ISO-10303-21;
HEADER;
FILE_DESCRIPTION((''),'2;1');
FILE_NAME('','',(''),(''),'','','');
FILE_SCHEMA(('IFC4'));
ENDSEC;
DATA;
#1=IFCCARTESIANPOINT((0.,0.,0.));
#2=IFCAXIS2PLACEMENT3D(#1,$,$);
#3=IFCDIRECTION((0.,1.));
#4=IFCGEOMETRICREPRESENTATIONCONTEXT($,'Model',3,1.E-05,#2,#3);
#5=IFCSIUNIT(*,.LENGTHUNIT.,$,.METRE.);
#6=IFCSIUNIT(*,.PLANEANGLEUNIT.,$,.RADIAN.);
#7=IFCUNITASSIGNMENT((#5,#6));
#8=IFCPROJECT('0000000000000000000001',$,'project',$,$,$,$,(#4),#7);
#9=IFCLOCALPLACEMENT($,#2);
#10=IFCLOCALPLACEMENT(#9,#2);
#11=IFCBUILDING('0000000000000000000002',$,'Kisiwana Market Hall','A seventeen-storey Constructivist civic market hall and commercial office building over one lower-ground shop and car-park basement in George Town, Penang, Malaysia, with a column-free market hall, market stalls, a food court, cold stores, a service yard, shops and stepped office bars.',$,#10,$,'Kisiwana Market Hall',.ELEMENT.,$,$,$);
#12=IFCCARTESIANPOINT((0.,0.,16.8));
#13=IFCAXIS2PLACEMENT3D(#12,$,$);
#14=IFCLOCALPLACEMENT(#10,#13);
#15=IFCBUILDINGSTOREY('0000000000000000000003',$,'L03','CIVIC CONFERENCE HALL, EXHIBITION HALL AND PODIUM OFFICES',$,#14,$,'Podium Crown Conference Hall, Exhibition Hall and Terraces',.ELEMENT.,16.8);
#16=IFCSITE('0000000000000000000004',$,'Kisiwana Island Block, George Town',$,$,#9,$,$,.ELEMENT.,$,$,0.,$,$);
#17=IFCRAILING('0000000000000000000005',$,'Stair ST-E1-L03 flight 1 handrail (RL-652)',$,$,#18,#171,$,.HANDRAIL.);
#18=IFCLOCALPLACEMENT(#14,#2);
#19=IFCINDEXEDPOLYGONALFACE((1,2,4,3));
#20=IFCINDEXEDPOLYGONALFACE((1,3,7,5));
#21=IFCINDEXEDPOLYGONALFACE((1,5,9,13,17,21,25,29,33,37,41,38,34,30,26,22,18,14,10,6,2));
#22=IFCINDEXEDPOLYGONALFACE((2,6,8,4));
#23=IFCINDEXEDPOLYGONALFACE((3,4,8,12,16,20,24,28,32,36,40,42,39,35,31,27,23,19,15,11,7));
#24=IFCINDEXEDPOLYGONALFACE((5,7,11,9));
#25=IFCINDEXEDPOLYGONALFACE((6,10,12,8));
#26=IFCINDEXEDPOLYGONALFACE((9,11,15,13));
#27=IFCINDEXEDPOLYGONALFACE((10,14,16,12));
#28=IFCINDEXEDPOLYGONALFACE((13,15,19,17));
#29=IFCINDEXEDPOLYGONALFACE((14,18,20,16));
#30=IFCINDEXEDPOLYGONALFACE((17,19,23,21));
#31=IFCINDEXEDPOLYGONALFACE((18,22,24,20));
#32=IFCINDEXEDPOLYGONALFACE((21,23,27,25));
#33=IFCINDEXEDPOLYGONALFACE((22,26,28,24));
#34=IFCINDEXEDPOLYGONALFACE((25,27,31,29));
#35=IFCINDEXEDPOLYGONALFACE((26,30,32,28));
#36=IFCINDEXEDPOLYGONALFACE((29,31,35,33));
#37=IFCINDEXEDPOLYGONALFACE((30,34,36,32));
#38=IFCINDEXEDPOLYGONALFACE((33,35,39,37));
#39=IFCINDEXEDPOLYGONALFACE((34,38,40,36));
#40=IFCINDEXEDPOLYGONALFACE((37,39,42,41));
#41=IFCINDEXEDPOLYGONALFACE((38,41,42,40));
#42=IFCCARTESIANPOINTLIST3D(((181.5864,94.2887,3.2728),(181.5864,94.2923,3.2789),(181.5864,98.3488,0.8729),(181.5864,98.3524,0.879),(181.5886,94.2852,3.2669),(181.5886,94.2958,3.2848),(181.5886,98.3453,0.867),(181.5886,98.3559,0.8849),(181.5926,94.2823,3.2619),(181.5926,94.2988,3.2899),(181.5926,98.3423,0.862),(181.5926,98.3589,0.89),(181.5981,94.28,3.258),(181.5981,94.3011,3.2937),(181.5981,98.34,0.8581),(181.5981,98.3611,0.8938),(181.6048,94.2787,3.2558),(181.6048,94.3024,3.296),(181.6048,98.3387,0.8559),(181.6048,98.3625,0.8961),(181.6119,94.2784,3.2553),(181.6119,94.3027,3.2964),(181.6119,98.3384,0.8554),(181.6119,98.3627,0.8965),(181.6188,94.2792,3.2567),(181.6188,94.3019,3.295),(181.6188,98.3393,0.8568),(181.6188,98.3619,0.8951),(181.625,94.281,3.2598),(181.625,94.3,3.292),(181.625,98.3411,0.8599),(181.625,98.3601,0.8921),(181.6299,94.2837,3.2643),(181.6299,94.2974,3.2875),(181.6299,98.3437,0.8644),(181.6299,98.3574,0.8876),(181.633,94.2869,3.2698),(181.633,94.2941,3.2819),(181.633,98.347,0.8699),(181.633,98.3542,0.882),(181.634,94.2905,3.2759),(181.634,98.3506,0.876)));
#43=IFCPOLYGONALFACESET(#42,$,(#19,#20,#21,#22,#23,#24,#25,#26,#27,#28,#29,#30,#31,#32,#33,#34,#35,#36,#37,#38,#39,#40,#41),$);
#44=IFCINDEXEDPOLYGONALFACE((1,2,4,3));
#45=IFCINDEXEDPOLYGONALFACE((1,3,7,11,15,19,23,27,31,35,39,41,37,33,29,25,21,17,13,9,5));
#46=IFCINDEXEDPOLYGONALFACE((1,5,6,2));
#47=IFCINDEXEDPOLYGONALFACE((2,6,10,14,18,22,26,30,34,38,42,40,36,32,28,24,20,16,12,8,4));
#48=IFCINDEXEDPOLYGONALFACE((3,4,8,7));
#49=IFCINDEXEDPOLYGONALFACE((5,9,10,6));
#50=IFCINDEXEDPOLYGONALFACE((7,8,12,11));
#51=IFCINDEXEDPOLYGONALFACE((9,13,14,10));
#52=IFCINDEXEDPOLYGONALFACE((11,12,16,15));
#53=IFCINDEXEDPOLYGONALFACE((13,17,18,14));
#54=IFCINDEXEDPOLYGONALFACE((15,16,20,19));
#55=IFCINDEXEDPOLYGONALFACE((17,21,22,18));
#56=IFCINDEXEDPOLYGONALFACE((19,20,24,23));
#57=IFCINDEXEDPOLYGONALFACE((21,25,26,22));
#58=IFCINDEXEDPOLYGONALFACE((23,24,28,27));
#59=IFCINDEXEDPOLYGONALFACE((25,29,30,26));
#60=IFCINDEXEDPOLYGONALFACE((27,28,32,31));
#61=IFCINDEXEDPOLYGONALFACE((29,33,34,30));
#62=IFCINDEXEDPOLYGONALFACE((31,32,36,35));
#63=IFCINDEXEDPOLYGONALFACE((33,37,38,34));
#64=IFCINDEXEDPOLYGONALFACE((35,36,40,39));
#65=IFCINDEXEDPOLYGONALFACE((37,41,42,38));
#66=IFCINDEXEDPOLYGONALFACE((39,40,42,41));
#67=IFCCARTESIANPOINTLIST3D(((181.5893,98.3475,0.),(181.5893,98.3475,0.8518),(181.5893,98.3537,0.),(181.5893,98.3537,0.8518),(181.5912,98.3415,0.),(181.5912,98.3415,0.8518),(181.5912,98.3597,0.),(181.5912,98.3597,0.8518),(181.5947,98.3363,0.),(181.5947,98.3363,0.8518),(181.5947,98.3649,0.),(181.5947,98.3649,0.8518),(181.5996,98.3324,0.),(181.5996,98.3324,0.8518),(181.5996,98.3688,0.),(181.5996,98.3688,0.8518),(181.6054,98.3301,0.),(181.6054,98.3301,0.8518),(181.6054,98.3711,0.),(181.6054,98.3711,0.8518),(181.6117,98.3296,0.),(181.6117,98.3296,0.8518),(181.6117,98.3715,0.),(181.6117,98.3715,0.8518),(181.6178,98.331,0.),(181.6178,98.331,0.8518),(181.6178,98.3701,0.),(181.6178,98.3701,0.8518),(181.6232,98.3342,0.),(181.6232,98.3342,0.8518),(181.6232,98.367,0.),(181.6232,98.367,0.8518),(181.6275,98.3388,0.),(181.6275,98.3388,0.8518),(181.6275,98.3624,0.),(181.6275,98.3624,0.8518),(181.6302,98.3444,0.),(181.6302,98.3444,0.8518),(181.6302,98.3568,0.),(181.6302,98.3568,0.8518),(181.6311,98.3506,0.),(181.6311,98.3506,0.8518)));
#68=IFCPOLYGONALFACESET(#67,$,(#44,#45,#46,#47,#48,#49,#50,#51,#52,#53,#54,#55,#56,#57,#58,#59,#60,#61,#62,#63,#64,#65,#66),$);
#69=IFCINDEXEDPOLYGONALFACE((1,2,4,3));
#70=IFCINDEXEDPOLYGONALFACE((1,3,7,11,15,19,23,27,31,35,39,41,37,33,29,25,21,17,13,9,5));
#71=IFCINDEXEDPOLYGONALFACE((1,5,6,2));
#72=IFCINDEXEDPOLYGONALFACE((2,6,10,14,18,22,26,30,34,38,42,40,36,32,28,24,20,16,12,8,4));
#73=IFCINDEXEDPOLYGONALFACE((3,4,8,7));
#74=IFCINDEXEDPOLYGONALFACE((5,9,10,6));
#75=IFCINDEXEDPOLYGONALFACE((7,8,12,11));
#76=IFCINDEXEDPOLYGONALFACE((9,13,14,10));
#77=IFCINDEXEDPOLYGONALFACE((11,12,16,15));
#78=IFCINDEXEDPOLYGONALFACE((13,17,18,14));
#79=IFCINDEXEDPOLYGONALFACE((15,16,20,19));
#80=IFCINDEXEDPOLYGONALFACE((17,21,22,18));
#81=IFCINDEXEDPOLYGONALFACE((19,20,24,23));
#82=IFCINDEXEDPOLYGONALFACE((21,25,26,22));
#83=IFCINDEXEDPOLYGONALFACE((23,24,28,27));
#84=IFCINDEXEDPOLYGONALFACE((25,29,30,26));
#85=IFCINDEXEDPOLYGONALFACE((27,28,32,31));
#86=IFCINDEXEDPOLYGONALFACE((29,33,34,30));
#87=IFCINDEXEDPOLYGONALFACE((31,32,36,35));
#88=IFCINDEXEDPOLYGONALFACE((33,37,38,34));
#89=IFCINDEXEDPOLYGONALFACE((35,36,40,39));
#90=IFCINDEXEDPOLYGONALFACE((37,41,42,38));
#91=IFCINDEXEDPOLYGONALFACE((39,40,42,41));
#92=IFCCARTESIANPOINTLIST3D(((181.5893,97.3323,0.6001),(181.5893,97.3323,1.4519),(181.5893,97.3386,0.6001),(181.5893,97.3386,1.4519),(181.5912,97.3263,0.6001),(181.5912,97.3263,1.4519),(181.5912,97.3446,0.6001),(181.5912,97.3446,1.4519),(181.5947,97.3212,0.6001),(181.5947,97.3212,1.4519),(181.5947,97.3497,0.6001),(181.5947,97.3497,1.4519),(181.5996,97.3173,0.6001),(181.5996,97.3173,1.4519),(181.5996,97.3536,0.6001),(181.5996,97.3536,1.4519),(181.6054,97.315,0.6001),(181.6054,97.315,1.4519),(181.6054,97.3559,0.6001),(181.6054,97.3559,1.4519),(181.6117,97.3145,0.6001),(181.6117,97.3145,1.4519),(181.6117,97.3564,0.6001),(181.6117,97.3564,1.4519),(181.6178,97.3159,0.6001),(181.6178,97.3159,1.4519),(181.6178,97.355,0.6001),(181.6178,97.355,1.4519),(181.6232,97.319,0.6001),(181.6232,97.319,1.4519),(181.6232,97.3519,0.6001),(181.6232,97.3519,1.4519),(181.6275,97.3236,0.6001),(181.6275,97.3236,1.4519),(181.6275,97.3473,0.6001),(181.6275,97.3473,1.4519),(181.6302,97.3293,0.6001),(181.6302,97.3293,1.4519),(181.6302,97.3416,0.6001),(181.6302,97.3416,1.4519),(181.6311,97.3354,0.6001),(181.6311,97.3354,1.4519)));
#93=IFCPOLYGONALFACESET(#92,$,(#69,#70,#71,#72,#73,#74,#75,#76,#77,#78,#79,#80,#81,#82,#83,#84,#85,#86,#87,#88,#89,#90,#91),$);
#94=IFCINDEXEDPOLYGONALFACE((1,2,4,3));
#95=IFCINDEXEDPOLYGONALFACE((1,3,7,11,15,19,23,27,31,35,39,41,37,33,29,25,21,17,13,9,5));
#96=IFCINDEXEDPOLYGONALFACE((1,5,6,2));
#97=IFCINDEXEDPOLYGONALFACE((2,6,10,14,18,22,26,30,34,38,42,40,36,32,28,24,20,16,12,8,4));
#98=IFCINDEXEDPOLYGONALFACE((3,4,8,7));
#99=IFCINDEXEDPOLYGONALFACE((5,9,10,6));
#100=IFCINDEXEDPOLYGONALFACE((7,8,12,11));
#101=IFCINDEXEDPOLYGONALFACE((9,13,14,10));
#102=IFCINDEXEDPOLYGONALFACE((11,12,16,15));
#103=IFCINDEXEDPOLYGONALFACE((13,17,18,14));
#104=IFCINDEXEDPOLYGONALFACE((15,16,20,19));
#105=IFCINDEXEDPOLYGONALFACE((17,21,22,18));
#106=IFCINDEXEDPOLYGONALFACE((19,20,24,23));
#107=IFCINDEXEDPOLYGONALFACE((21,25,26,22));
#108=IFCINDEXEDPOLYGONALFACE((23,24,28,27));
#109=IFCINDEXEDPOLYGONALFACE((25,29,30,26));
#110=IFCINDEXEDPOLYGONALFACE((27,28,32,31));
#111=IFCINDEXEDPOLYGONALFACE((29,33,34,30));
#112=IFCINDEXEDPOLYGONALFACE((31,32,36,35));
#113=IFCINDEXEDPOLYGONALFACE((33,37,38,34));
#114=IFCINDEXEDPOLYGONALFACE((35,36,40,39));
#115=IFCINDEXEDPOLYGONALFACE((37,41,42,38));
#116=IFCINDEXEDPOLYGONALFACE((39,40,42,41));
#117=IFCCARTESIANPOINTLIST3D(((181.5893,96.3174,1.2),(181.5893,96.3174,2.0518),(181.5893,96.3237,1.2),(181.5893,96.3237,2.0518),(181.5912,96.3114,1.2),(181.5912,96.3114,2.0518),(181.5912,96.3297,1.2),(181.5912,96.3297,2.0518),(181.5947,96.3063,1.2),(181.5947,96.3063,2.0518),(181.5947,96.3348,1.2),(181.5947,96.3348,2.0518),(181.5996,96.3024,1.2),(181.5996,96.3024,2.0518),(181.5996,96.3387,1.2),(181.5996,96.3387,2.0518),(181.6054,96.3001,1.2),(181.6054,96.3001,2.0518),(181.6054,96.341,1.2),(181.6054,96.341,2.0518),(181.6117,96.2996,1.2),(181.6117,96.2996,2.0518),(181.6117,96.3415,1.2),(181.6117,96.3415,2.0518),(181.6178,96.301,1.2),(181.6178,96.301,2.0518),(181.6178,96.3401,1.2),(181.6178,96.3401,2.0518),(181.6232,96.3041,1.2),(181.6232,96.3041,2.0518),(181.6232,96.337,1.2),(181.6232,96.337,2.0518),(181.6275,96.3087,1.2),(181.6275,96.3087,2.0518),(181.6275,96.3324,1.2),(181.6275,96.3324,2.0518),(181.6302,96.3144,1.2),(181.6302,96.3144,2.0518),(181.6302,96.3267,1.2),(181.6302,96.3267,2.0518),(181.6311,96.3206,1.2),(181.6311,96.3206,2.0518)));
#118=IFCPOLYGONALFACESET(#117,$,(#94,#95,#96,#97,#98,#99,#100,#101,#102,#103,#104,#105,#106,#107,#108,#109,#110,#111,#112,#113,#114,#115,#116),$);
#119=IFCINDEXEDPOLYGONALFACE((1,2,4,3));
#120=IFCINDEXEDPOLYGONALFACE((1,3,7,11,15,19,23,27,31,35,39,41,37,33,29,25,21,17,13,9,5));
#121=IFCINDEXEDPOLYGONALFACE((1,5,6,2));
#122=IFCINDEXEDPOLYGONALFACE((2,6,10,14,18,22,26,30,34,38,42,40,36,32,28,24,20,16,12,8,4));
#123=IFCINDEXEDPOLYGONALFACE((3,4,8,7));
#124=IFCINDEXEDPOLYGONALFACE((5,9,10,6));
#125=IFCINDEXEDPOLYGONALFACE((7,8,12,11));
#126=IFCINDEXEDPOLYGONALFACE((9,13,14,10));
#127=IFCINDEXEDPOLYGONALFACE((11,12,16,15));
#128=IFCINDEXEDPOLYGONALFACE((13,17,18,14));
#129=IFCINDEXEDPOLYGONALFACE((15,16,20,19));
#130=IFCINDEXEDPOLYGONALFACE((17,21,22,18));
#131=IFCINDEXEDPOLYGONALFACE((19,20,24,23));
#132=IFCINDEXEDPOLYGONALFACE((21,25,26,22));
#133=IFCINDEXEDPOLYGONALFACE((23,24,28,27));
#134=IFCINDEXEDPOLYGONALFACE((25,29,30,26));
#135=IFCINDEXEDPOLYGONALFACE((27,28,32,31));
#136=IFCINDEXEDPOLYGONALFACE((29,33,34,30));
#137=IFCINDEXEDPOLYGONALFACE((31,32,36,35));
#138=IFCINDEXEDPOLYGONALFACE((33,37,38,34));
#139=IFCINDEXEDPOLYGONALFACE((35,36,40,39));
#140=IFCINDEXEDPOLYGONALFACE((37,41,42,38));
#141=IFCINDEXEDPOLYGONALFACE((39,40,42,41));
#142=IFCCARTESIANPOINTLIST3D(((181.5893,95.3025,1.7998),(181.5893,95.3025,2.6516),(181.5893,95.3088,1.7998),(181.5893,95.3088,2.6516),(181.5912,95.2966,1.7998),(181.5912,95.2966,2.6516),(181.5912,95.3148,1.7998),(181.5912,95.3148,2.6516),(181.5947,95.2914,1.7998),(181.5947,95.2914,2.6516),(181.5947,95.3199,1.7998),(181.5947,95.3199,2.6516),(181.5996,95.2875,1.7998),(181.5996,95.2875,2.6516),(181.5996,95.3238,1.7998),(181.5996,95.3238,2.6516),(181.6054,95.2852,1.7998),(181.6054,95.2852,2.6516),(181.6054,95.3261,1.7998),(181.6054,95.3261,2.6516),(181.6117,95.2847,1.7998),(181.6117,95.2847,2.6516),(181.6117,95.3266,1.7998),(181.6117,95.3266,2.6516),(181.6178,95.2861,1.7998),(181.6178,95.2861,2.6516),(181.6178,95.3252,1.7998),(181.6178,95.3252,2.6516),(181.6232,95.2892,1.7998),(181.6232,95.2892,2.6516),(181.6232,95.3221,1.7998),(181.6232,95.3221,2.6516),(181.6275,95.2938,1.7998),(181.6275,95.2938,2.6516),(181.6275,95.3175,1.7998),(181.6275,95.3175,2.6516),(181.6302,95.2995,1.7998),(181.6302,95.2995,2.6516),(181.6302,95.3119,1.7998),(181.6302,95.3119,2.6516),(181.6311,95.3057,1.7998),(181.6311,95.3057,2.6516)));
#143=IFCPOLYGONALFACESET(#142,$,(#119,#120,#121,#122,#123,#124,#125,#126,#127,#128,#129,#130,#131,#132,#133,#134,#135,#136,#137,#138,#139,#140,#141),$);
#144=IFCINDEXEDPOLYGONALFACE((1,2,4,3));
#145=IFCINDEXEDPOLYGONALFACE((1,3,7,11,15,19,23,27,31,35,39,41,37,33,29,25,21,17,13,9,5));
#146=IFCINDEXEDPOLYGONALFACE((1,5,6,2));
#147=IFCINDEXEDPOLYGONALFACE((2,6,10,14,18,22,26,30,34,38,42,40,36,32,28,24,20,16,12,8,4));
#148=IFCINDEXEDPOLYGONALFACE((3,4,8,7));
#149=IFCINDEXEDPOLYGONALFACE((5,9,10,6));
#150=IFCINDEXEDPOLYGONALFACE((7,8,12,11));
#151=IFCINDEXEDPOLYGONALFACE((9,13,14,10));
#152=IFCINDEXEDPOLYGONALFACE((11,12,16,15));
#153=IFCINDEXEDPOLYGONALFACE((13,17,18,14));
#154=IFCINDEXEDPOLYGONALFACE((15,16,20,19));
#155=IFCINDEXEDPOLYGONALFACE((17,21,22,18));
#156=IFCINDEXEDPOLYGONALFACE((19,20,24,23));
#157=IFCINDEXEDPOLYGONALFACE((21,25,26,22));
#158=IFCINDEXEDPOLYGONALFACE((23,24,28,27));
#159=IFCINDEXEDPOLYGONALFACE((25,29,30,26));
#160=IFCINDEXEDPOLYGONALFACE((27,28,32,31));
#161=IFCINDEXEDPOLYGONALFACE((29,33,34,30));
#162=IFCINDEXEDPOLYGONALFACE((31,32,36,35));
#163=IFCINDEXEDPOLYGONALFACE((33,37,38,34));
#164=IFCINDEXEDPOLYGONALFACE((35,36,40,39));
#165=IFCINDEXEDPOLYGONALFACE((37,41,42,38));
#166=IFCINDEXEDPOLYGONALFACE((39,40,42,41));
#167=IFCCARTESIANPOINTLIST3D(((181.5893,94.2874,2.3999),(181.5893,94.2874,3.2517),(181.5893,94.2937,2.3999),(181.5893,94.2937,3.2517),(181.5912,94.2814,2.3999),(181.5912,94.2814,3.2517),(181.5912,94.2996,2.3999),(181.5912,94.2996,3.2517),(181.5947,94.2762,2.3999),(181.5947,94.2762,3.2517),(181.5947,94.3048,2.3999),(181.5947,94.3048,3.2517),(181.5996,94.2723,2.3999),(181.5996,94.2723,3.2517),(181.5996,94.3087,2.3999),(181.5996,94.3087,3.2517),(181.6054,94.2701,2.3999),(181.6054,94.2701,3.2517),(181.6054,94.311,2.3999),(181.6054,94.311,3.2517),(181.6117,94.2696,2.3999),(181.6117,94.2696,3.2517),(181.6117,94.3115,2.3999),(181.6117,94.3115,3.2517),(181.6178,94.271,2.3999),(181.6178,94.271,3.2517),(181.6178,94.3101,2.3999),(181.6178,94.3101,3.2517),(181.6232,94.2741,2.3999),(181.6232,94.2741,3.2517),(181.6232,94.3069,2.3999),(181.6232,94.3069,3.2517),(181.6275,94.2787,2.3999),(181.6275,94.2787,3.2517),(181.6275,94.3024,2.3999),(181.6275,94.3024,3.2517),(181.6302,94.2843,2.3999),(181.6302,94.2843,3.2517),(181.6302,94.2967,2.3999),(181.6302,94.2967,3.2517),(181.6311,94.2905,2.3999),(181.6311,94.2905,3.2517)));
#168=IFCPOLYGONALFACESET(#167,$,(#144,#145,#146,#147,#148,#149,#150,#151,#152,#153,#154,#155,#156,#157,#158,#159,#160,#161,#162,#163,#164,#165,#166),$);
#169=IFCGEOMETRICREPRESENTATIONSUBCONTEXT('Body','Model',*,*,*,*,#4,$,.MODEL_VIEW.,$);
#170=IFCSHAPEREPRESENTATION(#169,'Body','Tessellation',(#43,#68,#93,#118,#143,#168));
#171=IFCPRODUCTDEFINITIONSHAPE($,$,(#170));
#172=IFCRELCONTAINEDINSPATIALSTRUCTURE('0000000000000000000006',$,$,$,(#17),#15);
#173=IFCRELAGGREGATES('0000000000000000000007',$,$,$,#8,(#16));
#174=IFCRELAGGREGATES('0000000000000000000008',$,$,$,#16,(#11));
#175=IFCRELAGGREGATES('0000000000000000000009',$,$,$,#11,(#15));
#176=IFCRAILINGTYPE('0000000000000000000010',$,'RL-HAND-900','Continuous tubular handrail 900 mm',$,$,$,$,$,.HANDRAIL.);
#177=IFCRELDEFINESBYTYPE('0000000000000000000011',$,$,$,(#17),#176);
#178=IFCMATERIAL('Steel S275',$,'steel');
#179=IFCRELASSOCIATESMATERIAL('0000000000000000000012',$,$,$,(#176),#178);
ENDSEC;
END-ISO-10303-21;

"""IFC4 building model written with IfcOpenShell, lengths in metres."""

from ifc_helpers import new_model, si_unit, direction, frame, origin, origin_2d, place, context, subcontext, project, spatial, circle, extrude, material, type_object, element, save


model = new_model("IFC4")

# Units and contexts
model_context = context("Model", 3, precision=1e-05, world=origin(), true_north=direction((0.0, 1.0)))
body_context = subcontext(model_context, "Body", "Model", "MODEL_VIEW")
ifc_project = project(units=[si_unit("LENGTHUNIT", "METRE"), si_unit("PLANEANGLEUNIT", "RADIAN")], contexts=[model_context])

# Site, building, storey
site_placement = place(None, origin())
site = spatial("IfcSite", under=ifc_project, at=site_placement, Name="Kisiwana Island Block, George Town", CompositionType="ELEMENT", RefElevation=0.0)
building_placement = place(site_placement, origin())
building = spatial("IfcBuilding", under=site, at=building_placement, Name="Kisiwana Market Hall", Description="A seventeen-storey Constructivist civic market hall and commercial office building over one lower-ground shop and car-park basement in George Town, Penang, Malaysia, with a column-free market hall, market stalls, a food court, cold stores, a service yard, shops and stepped office bars.", LongName="Kisiwana Market Hall", CompositionType="ELEMENT")
storey_placement = place(building_placement, frame((0.0, 0.0, 16.8)))
storey = spatial("IfcBuildingStorey", under=building, at=storey_placement, Name="L03", Description="CIVIC CONFERENCE HALL, EXHIBITION HALL AND PODIUM OFFICES", LongName="Podium Crown Conference Hall, Exhibition Hall and Terraces", CompositionType="ELEMENT", Elevation=16.8)

# Railing
ifc_material_1 = material(Name="Steel S275", Category="steel")
railing_type_1 = type_object("IfcRailingType", Name="RL-HAND-900", Description="Continuous tubular handrail 900 mm", PredefinedType="HANDRAIL", material=ifc_material_1)
railing_1_placement = place(storey_placement, frame((181.6101, 98.3506, 0.0)))
element("IfcRailing", 1, at=railing_1_placement, inside=storey, type_object=railing_type_1, Name="Stair ST-E1-L03 flight 1 handrail (RL-652)", PredefinedType="HANDRAIL", context=body_context, shape_type="SweptSolid", body=[
    extrude(circle(Radius=0.0239, at=origin_2d()), frame((0.0, 0.0, 0.876), z_axis=(0.0, -0.860854, 0.508851), x_axis=(1.0, 0.0, 0.0)), (0.0, 0.0, 1.0), 4.7163),
    extrude(circle(Radius=0.021, at=origin_2d()), origin(), (0.0, 0.0, 1.0), 0.8518),
    extrude(circle(Radius=0.021, at=origin_2d()), frame((0.0, -1.0151, 0.6001)), (0.0, 0.0, 1.0), 0.8518),
    extrude(circle(Radius=0.021, at=origin_2d()), frame((0.0, -2.03, 1.2)), (0.0, 0.0, 1.0), 0.8518),
    extrude(circle(Radius=0.021, at=origin_2d()), frame((0.0, -3.0449, 1.7998)), (0.0, 0.0, 1.0), 0.8518),
    extrude(circle(Radius=0.021, at=origin_2d()), frame((0.0, -4.0601, 2.3999)), (0.0, 0.0, 1.0), 0.8518),
])

save(model, "model.ifc")
